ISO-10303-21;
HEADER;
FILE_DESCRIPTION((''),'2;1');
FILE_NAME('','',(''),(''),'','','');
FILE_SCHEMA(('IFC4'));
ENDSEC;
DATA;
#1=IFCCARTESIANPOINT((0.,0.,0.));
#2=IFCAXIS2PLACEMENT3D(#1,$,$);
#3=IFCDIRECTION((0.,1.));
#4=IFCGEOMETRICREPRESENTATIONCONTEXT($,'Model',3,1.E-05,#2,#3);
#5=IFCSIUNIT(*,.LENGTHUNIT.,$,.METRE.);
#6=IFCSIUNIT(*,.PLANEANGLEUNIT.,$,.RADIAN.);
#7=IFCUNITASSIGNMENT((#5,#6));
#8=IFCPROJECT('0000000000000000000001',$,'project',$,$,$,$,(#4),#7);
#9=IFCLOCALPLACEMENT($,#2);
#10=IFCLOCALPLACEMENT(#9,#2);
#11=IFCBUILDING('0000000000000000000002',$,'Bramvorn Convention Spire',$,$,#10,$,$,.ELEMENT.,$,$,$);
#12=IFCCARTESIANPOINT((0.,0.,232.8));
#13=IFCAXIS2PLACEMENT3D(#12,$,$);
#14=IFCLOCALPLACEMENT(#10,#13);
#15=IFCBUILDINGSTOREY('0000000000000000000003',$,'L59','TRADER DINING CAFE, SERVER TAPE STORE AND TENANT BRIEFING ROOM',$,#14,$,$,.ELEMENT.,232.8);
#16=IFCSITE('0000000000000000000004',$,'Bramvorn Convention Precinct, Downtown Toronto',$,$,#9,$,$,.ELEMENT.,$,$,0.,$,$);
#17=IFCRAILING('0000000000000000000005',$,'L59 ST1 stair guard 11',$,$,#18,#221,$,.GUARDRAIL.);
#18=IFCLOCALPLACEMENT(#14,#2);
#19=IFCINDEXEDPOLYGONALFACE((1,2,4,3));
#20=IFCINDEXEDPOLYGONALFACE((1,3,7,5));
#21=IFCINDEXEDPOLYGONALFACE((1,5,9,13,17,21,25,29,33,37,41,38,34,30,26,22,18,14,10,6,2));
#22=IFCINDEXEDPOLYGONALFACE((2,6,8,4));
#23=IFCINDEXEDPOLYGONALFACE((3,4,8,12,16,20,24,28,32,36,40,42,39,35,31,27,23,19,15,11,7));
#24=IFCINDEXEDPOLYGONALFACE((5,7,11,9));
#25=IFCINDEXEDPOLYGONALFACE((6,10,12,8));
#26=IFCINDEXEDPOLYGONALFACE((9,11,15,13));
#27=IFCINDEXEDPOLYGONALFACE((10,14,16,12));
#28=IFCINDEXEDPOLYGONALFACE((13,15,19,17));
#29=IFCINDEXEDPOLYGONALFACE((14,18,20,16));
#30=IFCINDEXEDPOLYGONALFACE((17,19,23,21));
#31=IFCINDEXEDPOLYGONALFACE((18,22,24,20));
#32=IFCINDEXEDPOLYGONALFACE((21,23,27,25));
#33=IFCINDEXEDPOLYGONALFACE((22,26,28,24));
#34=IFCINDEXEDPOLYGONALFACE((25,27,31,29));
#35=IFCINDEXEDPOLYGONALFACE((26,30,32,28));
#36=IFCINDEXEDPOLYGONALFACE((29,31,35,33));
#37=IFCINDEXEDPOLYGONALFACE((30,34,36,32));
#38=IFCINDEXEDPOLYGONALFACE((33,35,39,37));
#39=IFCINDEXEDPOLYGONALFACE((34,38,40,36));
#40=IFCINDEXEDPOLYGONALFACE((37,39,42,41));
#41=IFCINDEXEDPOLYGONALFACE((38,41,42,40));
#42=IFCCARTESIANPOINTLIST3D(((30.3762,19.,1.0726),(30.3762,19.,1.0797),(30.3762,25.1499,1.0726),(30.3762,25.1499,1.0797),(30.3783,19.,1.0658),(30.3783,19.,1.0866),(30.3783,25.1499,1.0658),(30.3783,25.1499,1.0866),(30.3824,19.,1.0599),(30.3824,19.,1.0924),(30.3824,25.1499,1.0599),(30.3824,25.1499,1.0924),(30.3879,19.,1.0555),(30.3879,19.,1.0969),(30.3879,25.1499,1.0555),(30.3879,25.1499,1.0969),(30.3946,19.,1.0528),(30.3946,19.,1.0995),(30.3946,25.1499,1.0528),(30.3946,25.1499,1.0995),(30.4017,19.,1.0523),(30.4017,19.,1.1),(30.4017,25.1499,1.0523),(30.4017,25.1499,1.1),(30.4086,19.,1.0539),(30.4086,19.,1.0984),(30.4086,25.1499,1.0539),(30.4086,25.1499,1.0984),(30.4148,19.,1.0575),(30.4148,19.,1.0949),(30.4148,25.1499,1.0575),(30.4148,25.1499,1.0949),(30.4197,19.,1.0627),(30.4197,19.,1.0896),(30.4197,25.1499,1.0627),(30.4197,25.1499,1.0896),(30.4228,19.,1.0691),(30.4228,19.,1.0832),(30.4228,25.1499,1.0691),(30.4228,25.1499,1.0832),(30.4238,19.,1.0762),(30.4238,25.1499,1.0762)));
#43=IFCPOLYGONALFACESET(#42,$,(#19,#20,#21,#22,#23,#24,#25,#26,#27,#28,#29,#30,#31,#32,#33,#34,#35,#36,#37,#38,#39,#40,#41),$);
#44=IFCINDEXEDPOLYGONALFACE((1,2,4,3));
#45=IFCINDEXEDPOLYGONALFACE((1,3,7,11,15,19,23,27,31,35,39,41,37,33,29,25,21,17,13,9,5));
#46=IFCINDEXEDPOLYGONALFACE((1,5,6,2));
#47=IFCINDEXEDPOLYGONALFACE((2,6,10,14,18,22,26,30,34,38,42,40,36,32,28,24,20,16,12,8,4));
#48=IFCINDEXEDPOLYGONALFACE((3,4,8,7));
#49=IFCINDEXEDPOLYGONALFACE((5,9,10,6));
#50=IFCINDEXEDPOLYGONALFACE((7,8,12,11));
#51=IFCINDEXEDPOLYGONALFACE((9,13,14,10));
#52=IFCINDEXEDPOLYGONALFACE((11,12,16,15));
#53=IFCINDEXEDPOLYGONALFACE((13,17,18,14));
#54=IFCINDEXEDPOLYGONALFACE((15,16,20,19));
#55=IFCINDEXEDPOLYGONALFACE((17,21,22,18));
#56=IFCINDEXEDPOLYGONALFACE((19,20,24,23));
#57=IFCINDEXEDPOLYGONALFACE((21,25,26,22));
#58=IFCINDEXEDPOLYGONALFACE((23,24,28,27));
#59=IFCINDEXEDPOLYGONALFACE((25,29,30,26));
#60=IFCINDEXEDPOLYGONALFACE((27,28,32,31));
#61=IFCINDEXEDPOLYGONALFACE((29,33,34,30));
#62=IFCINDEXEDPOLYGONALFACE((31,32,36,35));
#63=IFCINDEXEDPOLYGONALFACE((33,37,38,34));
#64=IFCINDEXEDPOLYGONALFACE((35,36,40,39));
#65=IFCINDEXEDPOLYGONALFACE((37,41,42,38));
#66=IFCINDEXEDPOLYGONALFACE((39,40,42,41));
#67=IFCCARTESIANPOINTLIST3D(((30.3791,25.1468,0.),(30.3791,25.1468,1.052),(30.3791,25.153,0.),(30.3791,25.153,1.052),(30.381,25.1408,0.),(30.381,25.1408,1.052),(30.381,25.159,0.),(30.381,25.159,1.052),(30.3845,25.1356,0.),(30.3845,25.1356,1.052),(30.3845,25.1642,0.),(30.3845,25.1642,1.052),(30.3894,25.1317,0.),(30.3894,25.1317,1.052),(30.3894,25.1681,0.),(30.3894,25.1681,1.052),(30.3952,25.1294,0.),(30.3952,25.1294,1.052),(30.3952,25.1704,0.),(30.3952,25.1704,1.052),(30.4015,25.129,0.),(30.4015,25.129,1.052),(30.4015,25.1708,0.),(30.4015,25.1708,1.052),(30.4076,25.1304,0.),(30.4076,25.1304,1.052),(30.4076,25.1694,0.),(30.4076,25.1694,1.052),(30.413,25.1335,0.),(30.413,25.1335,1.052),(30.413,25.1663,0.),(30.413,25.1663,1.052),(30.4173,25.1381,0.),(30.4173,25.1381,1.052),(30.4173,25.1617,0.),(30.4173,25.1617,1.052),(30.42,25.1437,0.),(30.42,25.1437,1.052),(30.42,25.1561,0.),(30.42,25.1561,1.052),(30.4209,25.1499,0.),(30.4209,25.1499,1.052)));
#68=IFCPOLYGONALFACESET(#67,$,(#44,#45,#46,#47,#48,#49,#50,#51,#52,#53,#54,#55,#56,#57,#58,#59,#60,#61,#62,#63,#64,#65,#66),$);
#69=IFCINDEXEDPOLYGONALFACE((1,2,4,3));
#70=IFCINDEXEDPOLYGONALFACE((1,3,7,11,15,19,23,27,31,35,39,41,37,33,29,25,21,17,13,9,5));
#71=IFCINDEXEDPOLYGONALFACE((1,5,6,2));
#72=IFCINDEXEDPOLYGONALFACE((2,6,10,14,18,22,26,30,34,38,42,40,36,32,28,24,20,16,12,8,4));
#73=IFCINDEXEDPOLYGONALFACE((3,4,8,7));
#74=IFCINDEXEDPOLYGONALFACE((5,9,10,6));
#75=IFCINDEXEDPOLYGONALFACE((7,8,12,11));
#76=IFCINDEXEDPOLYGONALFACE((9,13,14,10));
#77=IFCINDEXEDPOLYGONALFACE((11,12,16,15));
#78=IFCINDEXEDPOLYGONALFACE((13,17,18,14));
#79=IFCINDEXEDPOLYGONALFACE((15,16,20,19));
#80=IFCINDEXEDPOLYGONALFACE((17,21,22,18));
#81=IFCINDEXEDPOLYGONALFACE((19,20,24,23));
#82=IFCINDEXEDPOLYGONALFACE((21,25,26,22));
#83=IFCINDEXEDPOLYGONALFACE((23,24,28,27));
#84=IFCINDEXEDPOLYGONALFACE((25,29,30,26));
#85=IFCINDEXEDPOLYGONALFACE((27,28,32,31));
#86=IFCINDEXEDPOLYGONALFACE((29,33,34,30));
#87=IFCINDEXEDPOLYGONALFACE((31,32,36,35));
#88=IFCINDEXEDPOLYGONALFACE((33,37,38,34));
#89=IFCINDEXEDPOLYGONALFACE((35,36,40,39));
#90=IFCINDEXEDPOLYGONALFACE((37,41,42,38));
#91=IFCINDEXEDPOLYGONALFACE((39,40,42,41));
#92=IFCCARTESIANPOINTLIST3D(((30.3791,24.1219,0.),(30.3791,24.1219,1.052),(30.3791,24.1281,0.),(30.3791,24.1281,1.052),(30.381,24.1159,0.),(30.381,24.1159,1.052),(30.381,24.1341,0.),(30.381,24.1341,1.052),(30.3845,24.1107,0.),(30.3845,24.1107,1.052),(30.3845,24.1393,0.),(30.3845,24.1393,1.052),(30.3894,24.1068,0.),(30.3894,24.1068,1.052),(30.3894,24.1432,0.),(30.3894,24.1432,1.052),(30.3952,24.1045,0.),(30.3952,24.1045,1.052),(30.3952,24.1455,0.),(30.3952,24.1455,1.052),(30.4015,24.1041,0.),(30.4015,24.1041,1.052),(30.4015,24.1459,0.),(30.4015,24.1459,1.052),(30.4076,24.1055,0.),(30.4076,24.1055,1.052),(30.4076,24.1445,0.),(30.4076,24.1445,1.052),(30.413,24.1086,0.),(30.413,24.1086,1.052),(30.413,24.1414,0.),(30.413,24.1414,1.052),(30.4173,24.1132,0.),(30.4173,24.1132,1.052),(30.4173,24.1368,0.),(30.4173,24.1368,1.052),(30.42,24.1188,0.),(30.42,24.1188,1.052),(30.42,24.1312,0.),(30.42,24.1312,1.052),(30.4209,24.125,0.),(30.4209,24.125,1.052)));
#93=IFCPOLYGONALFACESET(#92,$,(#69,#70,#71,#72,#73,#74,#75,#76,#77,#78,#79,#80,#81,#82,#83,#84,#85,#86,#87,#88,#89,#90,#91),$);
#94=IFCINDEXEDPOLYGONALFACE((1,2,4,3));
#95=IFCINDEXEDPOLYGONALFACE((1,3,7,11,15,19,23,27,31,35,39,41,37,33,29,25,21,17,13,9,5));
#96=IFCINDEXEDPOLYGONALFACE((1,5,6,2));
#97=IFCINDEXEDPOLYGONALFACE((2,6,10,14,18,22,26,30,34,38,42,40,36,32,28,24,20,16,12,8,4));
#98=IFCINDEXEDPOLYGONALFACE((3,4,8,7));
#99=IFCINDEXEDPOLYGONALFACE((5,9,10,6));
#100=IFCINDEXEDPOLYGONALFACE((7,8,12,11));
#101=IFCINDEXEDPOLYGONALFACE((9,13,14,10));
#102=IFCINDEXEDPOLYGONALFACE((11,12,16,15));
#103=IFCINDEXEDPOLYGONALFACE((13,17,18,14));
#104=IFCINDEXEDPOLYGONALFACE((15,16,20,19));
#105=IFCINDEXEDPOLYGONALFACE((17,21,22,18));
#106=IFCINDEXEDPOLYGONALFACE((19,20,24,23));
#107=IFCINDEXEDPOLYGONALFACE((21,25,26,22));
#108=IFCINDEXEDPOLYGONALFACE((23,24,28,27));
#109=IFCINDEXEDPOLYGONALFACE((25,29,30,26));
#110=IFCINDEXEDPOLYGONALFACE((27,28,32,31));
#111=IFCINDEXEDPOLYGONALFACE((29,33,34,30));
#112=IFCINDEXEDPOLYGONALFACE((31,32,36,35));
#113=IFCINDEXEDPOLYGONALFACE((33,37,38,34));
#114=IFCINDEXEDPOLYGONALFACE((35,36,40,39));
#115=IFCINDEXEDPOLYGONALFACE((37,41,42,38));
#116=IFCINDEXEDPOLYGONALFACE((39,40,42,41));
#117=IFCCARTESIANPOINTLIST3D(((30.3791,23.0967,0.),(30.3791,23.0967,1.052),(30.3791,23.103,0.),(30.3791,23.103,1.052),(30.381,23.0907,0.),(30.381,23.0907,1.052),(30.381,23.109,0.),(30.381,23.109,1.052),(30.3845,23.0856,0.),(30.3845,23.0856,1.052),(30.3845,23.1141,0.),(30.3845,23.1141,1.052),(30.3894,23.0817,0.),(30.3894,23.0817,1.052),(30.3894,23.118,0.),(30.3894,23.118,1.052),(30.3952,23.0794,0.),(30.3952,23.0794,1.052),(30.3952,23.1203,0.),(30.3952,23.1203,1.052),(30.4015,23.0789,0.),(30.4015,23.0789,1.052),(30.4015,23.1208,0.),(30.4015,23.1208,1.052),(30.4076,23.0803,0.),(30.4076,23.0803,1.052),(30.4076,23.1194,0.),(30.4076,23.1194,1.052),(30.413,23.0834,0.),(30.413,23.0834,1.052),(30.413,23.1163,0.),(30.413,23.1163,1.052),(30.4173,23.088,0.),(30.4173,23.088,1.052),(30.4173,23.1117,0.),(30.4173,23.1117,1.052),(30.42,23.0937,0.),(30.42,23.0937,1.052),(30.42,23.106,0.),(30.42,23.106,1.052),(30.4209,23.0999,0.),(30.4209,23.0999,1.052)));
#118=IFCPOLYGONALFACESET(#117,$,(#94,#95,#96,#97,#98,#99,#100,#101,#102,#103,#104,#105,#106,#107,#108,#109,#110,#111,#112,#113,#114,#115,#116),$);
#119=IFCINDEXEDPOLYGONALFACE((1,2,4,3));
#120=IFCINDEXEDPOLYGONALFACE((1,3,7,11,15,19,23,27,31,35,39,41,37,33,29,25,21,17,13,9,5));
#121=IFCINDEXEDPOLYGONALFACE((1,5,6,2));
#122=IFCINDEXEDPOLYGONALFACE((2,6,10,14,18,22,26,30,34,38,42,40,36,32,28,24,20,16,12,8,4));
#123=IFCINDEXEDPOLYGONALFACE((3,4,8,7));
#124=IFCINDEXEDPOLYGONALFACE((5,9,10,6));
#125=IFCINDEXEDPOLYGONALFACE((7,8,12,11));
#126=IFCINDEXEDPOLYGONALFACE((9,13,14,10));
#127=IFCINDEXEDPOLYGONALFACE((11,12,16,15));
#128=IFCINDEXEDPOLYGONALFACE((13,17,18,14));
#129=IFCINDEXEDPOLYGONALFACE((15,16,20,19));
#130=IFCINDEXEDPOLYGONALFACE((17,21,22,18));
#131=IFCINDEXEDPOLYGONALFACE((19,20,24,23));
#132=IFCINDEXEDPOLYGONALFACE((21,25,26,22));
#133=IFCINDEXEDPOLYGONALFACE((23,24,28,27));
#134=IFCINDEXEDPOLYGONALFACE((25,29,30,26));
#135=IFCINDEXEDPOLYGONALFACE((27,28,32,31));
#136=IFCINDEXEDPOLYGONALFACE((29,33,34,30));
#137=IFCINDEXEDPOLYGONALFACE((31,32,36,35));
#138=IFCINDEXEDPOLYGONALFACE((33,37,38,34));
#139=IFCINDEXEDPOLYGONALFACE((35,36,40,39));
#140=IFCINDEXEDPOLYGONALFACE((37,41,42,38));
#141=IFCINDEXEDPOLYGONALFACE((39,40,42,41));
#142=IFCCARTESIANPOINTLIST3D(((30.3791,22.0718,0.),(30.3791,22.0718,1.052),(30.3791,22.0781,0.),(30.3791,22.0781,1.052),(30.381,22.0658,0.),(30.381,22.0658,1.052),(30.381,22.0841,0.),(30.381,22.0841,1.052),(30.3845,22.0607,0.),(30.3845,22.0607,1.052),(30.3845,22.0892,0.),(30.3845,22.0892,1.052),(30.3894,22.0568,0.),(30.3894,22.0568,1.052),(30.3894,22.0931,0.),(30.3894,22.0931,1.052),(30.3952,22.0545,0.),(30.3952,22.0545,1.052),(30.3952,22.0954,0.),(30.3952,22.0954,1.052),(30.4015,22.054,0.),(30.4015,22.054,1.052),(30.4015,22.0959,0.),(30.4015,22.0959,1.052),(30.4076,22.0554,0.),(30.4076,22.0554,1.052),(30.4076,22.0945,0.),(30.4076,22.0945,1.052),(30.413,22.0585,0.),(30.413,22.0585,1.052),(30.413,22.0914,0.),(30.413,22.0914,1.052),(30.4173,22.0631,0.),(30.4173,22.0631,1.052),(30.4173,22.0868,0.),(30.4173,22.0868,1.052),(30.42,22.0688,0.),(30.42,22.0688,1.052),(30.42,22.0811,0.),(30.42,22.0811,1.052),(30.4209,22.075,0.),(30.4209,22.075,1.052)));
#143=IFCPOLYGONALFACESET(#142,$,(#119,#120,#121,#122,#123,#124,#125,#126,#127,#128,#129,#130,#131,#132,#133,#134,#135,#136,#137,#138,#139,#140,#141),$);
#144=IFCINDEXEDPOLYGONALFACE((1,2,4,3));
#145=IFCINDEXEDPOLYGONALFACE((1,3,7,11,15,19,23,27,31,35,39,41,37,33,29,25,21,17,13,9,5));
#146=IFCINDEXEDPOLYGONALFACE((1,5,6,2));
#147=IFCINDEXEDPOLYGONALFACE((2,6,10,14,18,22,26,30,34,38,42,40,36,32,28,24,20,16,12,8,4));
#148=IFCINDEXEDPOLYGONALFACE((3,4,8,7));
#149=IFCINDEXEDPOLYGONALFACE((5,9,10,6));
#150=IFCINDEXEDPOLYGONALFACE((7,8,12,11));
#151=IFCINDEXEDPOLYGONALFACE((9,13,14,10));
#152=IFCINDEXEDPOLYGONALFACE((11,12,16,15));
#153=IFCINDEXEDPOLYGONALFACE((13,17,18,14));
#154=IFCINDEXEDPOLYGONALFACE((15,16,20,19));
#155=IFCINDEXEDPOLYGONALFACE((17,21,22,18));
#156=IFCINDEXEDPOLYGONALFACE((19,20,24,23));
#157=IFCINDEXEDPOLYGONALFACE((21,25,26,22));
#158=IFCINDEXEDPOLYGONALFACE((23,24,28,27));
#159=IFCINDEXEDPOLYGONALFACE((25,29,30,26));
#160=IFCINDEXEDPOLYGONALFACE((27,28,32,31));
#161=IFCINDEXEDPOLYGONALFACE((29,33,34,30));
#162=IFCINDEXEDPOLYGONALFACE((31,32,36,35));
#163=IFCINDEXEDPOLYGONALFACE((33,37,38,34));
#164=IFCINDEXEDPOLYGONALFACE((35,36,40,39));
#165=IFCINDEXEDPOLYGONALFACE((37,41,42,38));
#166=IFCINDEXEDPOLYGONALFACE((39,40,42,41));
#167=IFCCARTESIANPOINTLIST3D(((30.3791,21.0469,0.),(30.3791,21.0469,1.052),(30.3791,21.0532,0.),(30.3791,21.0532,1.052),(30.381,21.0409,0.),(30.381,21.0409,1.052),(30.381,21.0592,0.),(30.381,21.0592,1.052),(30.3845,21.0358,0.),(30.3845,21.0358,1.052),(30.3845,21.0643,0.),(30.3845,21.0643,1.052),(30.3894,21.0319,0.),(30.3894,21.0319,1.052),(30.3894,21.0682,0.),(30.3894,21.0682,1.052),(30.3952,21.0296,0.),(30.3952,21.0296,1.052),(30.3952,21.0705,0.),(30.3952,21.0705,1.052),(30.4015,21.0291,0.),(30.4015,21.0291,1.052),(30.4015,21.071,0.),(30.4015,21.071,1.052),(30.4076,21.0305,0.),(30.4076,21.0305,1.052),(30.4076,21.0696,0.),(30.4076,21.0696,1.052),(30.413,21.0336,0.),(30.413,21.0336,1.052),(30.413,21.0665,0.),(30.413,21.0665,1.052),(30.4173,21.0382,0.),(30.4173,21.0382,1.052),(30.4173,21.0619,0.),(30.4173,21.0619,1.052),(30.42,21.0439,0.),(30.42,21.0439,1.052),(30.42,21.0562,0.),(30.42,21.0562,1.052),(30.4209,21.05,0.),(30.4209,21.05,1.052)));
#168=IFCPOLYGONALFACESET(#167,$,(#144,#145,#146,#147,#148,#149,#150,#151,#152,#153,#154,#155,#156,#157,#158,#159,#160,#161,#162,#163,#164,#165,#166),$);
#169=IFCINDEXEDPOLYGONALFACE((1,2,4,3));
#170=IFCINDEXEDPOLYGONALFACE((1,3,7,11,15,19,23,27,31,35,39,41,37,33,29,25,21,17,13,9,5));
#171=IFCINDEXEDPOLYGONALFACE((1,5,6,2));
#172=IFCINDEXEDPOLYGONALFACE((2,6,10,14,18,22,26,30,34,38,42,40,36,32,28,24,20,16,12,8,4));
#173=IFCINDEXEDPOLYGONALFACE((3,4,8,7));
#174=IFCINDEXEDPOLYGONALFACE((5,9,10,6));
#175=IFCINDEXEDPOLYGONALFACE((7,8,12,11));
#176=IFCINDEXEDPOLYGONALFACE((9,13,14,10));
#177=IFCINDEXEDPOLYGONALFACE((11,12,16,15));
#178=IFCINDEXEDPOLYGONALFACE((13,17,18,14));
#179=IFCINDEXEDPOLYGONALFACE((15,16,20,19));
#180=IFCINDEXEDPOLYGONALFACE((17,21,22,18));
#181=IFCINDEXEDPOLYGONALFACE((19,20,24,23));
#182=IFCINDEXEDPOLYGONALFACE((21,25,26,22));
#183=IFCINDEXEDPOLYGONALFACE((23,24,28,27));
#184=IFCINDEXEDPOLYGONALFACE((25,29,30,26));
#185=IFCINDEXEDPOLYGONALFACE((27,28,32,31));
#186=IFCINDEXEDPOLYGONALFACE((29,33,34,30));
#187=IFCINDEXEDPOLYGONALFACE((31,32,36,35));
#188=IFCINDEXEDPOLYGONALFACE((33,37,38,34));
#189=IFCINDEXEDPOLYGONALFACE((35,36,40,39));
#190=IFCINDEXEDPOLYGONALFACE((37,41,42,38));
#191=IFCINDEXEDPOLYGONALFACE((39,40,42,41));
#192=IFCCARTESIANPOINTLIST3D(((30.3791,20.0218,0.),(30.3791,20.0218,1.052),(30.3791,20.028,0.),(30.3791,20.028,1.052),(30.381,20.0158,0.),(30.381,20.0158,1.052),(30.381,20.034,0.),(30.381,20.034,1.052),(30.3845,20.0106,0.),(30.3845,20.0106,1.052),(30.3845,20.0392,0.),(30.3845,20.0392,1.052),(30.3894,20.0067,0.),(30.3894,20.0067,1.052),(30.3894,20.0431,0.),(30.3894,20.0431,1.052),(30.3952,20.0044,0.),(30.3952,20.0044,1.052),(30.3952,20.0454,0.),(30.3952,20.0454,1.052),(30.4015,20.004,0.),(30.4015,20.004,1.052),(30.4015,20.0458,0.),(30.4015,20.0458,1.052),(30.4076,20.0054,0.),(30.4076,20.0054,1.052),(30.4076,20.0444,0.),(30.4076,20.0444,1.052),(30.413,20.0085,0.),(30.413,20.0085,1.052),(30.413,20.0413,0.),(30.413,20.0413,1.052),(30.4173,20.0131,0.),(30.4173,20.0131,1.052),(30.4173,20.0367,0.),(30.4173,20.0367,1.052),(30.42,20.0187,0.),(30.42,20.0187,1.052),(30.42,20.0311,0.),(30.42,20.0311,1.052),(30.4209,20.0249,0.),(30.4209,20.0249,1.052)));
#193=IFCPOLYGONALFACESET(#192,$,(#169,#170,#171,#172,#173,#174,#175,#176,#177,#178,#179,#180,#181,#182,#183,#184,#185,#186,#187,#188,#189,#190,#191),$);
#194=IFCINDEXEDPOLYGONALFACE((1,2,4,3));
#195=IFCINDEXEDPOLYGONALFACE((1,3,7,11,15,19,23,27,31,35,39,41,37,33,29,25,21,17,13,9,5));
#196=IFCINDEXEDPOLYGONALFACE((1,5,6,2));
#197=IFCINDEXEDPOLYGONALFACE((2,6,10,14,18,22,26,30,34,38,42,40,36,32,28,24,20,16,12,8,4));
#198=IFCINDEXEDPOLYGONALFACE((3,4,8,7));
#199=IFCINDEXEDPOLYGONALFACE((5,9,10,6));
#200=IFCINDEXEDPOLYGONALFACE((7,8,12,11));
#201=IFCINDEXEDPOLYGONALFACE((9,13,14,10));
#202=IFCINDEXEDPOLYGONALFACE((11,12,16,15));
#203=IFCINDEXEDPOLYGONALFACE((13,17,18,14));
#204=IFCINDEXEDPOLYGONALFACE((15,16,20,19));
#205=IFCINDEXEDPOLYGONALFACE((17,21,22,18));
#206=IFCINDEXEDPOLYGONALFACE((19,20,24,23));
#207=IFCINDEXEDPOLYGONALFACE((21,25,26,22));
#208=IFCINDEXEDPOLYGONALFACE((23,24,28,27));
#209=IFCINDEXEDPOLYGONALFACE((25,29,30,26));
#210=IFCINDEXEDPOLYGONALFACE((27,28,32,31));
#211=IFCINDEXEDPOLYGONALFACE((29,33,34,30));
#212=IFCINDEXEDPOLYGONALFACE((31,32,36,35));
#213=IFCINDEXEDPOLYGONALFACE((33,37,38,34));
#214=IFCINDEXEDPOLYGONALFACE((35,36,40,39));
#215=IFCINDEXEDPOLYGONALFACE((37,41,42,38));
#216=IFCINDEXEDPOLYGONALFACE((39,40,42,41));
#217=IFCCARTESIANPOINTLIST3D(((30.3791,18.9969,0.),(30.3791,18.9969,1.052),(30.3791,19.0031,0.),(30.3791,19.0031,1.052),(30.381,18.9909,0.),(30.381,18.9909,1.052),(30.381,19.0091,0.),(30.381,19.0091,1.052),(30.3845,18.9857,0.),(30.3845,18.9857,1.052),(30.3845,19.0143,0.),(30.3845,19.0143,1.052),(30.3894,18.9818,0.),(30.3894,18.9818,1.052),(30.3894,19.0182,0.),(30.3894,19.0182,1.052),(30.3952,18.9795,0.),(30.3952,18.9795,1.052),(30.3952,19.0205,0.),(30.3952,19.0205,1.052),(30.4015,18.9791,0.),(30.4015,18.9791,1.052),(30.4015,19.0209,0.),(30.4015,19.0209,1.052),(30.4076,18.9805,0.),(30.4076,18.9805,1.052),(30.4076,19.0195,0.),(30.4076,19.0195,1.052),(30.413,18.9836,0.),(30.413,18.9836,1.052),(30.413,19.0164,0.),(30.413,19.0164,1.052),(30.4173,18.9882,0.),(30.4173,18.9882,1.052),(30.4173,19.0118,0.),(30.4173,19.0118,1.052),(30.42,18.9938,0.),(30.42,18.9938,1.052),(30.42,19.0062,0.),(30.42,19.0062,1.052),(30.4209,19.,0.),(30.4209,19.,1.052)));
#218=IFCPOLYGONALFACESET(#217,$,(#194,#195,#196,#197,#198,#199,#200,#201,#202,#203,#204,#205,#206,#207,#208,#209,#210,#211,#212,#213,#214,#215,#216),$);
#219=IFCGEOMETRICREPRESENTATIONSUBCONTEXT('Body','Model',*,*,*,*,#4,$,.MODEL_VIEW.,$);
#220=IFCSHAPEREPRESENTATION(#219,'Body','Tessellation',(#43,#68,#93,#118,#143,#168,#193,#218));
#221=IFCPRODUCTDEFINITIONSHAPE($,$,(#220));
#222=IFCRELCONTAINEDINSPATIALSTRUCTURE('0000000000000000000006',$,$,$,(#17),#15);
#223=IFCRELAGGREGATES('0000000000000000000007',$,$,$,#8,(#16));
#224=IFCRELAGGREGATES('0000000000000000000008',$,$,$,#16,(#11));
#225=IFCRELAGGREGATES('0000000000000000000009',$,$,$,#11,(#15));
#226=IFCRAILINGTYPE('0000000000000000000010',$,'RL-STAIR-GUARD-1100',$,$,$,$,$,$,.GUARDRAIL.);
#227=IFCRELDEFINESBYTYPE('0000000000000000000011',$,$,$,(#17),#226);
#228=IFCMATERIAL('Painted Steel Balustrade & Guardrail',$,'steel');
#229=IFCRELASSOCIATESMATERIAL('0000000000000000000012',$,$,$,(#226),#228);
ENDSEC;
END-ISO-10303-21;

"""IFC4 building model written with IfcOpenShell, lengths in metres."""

from ifc_helpers import new_model, si_unit, direction, frame, origin, origin_2d, place, context, subcontext, project, spatial, circle, extrude, material, type_object, element, save


model = new_model("IFC4")

# Units and contexts
model_context = context("Model", 3, precision=1e-05, world=origin(), true_north=direction((0.0, 1.0)))
body_context = subcontext(model_context, "Body", "Model", "MODEL_VIEW")
ifc_project = project(units=[si_unit("LENGTHUNIT", "METRE"), si_unit("PLANEANGLEUNIT", "RADIAN")], contexts=[model_context])

# Site, building, storey
site_placement = place(None, origin())
site = spatial("IfcSite", under=ifc_project, at=site_placement, Name="Bramvorn Convention Precinct, Downtown Toronto", CompositionType="ELEMENT", RefElevation=0.0)
building_placement = place(site_placement, origin())
building = spatial("IfcBuilding", under=site, at=building_placement, Name="Bramvorn Convention Spire", CompositionType="ELEMENT")
storey_placement = place(building_placement, frame((0.0, 0.0, 232.8)))
storey = spatial("IfcBuildingStorey", under=building, at=storey_placement, Name="L59", Description="TRADER DINING CAFE, SERVER TAPE STORE AND TENANT BRIEFING ROOM", CompositionType="ELEMENT", Elevation=232.8)

# Railing
ifc_material_1 = material(Name="Painted Steel Balustrade & Guardrail", Category="steel")
railing_type_1 = type_object("IfcRailingType", Name="RL-STAIR-GUARD-1100", PredefinedType="GUARDRAIL", material=ifc_material_1)
railing_1_placement = place(storey_placement, frame((30.3999, 25.1499, 0.0)))
element("IfcRailing", 1, at=railing_1_placement, inside=storey, type_object=railing_type_1, Name="L59 ST1 stair guard 11", PredefinedType="GUARDRAIL", context=body_context, shape_type="SweptSolid", body=[
    extrude(circle(Radius=0.0239, at=origin_2d()), frame((0.0, 0.0, 1.0762), z_axis=(0.0, -1.0, 0.0), x_axis=(1.0, 0.0, 0.0)), (0.0, 0.0, 1.0), 6.1499),
    extrude(circle(Radius=0.021, at=origin_2d()), origin(), (0.0, 0.0, 1.0), 1.052),
    extrude(circle(Radius=0.021, at=origin_2d()), frame((0.0, -1.0249, 0.0)), (0.0, 0.0, 1.0), 1.052),
    extrude(circle(Radius=0.021, at=origin_2d()), frame((0.0, -2.05, 0.0)), (0.0, 0.0, 1.0), 1.052),
    extrude(circle(Radius=0.021, at=origin_2d()), frame((0.0, -3.075, 0.0)), (0.0, 0.0, 1.0), 1.052),
    extrude(circle(Radius=0.021, at=origin_2d()), frame((0.0, -4.0999, 0.0)), (0.0, 0.0, 1.0), 1.052),
    extrude(circle(Radius=0.021, at=origin_2d()), frame((0.0, -5.125, 0.0)), (0.0, 0.0, 1.0), 1.052),
    extrude(circle(Radius=0.021, at=origin_2d()), frame((0.0, -6.1499, 0.0)), (0.0, 0.0, 1.0), 1.052),
])

save(model, "model.ifc")
